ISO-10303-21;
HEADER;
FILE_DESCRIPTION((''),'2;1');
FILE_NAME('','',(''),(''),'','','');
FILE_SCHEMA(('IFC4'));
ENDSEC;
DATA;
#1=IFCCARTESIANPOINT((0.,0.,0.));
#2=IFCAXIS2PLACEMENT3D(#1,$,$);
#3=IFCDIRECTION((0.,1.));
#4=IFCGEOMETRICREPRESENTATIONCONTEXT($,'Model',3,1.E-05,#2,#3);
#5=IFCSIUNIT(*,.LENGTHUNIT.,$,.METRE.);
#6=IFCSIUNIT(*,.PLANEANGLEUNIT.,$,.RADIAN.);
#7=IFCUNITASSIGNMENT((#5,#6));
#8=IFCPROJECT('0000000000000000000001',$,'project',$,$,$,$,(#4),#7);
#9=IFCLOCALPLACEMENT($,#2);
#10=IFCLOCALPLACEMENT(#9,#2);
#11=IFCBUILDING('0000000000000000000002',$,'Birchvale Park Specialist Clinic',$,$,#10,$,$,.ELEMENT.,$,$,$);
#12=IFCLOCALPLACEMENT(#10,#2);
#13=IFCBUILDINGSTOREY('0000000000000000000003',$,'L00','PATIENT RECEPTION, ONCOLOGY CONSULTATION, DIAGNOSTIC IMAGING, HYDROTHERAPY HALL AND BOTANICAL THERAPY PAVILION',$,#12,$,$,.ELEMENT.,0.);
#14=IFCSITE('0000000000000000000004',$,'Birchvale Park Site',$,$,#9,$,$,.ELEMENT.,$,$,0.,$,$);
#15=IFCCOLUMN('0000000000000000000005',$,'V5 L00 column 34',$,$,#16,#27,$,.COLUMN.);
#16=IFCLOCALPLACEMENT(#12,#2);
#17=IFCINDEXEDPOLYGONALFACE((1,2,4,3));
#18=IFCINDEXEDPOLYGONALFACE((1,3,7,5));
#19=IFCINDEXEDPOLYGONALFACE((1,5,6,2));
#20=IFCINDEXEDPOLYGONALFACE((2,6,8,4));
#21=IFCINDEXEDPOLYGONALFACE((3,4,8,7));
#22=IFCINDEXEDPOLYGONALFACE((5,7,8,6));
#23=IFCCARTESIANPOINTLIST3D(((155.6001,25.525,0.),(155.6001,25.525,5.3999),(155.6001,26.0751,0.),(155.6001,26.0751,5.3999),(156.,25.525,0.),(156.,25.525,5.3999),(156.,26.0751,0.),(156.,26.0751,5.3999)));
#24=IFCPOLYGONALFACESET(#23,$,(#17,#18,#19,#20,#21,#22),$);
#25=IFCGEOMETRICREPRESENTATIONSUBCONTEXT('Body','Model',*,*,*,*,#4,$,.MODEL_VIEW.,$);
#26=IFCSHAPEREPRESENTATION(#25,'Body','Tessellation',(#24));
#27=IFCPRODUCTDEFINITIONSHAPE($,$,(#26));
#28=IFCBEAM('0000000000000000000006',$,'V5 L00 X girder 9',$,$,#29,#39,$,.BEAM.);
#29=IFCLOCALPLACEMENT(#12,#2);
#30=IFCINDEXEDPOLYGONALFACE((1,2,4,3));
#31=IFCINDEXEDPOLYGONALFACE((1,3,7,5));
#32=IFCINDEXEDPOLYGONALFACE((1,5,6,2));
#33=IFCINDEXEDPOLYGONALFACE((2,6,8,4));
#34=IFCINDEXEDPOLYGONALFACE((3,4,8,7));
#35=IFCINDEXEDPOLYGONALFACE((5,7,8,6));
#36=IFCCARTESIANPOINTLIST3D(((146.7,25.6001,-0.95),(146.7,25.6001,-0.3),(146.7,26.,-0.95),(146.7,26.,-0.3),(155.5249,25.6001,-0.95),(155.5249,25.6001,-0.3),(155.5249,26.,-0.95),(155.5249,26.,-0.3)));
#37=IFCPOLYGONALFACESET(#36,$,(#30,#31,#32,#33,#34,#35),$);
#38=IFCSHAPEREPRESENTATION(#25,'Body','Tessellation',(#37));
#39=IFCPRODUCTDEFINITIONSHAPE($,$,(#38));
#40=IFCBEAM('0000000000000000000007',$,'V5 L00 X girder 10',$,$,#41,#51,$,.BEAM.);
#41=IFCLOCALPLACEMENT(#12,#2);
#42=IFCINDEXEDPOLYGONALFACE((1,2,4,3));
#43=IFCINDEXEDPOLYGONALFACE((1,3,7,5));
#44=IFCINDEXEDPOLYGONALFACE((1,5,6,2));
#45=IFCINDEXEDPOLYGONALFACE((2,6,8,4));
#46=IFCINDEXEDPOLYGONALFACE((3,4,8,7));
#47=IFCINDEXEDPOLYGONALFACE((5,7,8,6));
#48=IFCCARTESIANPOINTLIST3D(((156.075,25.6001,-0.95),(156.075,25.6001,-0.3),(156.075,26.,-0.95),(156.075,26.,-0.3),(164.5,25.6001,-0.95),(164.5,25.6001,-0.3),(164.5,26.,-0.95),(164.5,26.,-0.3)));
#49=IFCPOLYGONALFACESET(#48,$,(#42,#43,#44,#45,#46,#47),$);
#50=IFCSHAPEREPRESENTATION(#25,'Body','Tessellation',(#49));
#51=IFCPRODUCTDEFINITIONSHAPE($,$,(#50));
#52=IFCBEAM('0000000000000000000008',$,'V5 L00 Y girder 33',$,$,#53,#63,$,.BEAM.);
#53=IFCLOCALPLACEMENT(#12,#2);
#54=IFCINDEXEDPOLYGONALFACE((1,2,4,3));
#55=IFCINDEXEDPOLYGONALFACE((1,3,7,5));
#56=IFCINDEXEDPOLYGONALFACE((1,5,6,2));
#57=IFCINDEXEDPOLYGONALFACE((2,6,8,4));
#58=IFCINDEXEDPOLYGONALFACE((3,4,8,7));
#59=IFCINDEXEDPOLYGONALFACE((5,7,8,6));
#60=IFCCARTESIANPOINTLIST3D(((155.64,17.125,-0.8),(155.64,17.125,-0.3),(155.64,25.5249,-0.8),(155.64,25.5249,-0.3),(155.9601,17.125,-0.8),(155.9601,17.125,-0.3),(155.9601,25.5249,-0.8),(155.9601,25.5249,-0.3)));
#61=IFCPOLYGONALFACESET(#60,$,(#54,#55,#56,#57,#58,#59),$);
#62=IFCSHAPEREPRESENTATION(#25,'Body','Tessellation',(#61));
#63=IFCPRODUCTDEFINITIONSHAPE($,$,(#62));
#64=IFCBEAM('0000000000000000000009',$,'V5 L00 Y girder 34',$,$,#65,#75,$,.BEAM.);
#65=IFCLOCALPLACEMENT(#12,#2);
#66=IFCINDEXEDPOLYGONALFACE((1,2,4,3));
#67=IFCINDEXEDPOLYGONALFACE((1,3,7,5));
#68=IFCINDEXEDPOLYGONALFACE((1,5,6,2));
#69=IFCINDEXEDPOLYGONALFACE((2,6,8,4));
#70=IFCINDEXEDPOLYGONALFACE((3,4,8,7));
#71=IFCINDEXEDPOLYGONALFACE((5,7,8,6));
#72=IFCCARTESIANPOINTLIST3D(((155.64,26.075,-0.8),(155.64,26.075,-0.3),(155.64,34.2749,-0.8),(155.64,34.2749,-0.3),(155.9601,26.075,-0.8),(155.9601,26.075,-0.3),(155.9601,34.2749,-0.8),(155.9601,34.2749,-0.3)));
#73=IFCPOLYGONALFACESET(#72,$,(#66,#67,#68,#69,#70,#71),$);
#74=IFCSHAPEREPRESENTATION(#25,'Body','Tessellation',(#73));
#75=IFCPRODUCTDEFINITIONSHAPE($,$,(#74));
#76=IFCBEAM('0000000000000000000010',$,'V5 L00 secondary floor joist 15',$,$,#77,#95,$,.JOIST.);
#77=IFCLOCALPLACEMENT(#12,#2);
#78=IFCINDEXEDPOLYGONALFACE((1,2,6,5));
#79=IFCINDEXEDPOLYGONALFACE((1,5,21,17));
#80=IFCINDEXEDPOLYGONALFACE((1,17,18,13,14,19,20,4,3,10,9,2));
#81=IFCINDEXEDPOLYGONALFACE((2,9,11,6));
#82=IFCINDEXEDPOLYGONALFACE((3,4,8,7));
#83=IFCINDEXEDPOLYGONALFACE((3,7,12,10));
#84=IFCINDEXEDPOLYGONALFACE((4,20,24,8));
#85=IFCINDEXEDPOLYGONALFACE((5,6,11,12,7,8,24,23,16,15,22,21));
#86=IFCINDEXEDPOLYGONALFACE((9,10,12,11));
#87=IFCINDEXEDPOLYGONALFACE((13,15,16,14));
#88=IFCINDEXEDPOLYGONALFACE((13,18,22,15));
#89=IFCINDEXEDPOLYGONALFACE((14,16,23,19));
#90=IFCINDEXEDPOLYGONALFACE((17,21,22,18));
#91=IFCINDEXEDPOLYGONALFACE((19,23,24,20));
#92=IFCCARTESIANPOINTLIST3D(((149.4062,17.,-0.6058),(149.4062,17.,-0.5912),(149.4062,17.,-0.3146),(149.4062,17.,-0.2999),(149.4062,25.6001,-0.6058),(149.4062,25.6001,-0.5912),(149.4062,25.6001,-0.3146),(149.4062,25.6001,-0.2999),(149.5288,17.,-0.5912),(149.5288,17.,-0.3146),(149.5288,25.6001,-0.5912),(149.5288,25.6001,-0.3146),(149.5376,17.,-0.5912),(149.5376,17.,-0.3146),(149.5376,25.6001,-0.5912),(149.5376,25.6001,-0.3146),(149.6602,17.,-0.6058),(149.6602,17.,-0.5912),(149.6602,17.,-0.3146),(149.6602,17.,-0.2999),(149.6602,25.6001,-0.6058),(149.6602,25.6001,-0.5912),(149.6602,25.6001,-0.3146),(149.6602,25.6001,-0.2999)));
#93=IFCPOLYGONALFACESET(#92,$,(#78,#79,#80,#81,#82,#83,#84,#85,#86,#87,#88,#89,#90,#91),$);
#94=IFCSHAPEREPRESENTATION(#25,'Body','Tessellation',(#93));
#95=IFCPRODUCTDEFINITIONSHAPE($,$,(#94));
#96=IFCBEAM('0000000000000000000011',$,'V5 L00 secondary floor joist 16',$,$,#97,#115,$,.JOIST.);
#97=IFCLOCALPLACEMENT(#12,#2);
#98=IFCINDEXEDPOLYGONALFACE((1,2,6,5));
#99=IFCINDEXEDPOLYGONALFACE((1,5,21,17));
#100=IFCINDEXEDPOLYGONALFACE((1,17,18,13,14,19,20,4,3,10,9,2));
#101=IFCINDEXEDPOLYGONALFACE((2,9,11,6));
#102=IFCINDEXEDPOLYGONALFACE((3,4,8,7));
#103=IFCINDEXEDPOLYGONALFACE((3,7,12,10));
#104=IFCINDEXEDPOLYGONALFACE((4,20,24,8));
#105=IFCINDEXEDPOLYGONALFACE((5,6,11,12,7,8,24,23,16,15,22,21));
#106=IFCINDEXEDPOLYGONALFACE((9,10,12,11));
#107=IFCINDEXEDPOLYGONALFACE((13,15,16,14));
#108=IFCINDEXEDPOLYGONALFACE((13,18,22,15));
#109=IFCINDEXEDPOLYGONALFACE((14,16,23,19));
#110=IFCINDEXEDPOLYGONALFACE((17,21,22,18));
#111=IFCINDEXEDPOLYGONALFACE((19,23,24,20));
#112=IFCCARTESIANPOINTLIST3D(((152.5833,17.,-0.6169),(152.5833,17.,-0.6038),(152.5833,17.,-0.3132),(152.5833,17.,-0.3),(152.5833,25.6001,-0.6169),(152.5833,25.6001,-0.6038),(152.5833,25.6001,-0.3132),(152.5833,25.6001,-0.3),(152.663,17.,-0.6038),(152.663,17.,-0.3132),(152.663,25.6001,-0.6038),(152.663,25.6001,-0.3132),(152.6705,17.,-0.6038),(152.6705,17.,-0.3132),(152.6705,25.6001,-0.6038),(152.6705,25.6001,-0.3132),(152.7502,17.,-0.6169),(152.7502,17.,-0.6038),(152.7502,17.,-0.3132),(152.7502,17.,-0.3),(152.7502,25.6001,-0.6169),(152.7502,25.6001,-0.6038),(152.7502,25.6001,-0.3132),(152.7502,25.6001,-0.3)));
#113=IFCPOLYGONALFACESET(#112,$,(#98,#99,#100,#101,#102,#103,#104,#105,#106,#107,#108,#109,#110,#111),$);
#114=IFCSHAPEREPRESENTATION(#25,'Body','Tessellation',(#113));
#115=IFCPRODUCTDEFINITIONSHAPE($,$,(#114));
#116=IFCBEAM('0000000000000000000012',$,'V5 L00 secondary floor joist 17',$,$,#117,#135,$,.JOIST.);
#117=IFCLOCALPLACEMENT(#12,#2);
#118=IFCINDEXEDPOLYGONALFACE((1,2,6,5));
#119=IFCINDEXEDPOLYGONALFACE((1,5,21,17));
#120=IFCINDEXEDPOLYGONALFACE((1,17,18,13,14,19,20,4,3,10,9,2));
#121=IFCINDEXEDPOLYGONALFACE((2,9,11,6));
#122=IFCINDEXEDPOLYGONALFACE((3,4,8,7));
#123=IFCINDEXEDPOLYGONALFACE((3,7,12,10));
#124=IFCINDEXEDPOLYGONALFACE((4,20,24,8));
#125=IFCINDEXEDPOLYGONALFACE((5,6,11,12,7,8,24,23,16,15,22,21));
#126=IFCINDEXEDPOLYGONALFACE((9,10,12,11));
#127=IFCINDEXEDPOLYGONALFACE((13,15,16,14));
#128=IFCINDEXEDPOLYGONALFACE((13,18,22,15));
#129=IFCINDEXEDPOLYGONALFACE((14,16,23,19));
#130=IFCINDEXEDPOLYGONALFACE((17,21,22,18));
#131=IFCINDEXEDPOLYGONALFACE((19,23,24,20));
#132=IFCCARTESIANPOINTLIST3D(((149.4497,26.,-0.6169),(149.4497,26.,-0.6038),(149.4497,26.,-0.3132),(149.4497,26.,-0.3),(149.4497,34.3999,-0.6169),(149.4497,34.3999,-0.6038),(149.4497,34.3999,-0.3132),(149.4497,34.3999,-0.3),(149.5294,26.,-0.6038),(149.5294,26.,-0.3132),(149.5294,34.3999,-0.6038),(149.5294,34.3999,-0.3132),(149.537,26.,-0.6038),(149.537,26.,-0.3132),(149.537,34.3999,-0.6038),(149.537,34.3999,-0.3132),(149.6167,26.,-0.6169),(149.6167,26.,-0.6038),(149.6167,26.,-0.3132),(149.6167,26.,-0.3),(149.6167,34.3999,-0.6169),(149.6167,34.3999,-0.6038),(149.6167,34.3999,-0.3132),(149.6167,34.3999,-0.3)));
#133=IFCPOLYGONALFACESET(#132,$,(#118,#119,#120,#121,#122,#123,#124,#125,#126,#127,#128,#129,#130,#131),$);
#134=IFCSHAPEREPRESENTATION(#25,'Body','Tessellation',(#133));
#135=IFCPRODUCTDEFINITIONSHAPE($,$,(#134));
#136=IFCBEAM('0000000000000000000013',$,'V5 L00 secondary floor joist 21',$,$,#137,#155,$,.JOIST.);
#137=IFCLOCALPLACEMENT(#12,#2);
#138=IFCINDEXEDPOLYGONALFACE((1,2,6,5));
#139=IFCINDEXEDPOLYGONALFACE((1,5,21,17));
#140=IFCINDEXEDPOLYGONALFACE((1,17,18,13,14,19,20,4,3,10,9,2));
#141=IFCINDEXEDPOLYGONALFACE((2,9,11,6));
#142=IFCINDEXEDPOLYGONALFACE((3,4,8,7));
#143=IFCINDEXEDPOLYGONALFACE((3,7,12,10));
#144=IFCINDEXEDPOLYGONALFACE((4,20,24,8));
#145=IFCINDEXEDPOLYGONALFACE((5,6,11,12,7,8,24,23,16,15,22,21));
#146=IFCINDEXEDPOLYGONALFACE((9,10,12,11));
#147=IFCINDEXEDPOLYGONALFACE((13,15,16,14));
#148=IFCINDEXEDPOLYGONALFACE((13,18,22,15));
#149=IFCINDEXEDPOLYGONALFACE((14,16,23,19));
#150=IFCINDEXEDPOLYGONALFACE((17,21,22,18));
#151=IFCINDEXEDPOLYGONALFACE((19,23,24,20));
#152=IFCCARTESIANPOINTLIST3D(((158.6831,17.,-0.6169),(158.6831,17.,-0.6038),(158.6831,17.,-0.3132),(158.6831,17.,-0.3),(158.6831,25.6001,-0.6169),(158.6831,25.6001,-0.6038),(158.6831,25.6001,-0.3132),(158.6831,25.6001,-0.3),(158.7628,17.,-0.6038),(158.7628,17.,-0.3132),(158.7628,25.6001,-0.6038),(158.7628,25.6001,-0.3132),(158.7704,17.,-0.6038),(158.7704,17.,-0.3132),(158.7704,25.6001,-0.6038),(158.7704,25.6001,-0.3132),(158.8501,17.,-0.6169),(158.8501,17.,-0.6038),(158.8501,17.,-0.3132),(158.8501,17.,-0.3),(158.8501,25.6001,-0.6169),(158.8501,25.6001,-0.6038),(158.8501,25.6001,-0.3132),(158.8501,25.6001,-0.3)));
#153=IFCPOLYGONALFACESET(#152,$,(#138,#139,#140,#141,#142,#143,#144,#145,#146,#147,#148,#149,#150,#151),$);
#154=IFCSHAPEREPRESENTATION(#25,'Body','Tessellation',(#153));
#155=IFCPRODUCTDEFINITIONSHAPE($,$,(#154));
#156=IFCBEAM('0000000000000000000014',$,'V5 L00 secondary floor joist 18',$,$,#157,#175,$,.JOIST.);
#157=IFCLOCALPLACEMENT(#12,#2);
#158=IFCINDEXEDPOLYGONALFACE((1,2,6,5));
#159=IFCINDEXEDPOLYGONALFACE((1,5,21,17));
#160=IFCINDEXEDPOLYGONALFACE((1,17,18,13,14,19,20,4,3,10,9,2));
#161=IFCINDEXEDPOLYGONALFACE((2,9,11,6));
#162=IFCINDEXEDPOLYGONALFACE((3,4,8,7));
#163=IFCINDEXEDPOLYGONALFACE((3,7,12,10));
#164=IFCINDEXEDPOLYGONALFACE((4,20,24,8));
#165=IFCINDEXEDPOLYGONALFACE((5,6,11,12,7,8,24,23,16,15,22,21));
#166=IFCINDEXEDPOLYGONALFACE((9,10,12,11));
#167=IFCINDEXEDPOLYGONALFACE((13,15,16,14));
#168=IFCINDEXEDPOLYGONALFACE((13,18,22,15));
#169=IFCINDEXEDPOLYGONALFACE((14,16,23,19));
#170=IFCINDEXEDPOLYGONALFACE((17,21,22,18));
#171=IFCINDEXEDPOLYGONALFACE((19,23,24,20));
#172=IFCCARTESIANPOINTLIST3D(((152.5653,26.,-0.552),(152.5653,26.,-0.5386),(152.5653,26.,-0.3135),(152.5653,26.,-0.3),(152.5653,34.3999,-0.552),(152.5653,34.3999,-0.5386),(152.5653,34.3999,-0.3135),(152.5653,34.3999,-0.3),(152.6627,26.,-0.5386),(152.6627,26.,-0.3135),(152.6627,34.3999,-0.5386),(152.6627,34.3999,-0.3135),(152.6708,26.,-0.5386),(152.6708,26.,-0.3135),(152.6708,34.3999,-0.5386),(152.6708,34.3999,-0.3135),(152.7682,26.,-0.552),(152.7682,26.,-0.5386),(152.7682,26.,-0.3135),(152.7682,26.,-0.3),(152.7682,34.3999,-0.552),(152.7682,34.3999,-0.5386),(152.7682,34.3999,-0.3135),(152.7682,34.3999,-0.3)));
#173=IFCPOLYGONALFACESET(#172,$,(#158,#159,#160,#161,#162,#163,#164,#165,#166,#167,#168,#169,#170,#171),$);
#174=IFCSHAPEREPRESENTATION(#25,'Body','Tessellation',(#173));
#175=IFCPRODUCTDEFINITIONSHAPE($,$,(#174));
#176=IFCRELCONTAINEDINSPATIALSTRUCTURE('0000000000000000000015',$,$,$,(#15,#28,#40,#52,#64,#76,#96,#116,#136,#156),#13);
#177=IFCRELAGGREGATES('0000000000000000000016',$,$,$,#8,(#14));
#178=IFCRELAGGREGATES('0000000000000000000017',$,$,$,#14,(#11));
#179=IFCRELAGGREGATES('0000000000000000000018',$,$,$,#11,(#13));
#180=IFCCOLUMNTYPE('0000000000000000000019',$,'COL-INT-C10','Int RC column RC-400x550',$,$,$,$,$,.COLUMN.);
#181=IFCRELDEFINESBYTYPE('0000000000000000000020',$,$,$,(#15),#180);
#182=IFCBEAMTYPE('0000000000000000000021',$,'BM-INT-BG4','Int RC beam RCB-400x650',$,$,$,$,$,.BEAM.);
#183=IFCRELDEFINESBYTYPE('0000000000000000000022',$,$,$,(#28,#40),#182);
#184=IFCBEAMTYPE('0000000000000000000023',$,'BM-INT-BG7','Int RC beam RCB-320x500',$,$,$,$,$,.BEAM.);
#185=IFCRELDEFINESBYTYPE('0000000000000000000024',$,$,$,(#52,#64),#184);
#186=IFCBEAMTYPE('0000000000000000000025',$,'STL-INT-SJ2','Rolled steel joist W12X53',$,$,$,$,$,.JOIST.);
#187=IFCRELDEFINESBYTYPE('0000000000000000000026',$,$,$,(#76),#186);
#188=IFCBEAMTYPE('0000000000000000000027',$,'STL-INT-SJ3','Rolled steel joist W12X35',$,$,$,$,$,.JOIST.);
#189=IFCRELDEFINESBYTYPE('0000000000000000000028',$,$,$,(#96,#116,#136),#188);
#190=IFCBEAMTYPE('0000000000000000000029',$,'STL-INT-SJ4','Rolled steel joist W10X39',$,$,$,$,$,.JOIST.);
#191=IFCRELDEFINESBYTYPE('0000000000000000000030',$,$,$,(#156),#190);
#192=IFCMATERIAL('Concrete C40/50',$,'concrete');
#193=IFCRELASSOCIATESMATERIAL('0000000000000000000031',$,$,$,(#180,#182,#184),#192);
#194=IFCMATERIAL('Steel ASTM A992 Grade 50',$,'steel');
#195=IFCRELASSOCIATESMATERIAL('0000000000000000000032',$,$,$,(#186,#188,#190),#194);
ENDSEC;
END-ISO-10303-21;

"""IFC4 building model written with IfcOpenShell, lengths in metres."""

from ifc_helpers import new_model, si_unit, direction, frame, origin, origin_2d, place, context, subcontext, project, spatial, rectangle, i_section, extrude, material, material_profile, profile_set, type_object, element, save


model = new_model("IFC4")

# Units and contexts
model_context = context("Model", 3, precision=1e-05, world=origin(), true_north=direction((0.0, 1.0)))
body_context = subcontext(model_context, "Body", "Model", "MODEL_VIEW")
ifc_project = project(units=[si_unit("LENGTHUNIT", "METRE"), si_unit("PLANEANGLEUNIT", "RADIAN")], contexts=[model_context])

# Site, building, storey
site_placement = place(None, origin())
site = spatial("IfcSite", under=ifc_project, at=site_placement, Name="Birchvale Park Site", CompositionType="ELEMENT", RefElevation=0.0)
building_placement = place(site_placement, origin())
building = spatial("IfcBuilding", under=site, at=building_placement, Name="Birchvale Park Specialist Clinic", CompositionType="ELEMENT")
storey_placement = place(building_placement, origin())
storey = spatial("IfcBuildingStorey", under=building, at=storey_placement, Name="L00", Description="PATIENT RECEPTION, ONCOLOGY CONSULTATION, DIAGNOSTIC IMAGING, HYDROTHERAPY HALL AND BOTANICAL THERAPY PAVILION", CompositionType="ELEMENT", Elevation=0.0)

# Column
ifc_material_1 = material(Name="Concrete C40/50", Category="concrete")
ifc_material_profile_1 = material_profile(ifc_material_1, rectangle(XDim=0.3999, YDim=0.55, at=origin_2d()), Name="RC-400x550")
ifc_profile_set_1 = profile_set([ifc_material_profile_1], Name="Concrete C40/50")
column_type = type_object("IfcColumnType", Name="COL-INT-C10", Description="Int RC column RC-400x550", PredefinedType="COLUMN", material=ifc_profile_set_1)
column_placement = place(storey_placement, frame((155.8, 25.8, 0.0), z_axis=(0.0, 0.0, 1.0), x_axis=(1.0, 0.0, 0.0)))
element("IfcColumn", 1, at=column_placement, inside=storey, type_object=column_type, Name="V5 L00 column 34", PredefinedType="COLUMN", context=body_context, shape_type="SweptSolid", body=[
    extrude(rectangle(XDim=0.3999, YDim=0.55, at=origin_2d()), origin(), (0.0, 0.0, 1.0), 5.3999),
])

# Beams
ifc_material_profile_2 = material_profile(ifc_material_1, rectangle(XDim=0.3999, YDim=0.6499, at=origin_2d()), Name="RCB-400x650")
ifc_profile_set_2 = profile_set([ifc_material_profile_2], Name="Concrete C40/50")
beam_type_1 = type_object("IfcBeamType", Name="BM-INT-BG4", Description="Int RC beam RCB-400x650", PredefinedType="BEAM", material=ifc_profile_set_2)
beam_1_placement = place(storey_placement, frame((146.7, 25.8, -0.625), z_axis=(1.0, 0.0, 0.0), x_axis=(0.0, 1.0, 0.0)))
element("IfcBeam", 2, at=beam_1_placement, inside=storey, type_object=beam_type_1, Name="V5 L00 X girder 9", PredefinedType="BEAM", context=body_context, shape_type="SweptSolid", body=[
    extrude(rectangle(XDim=0.3999, YDim=0.6499, at=origin_2d()), origin(), (0.0, 0.0, 1.0), 8.825),
])
beam_2_placement = place(storey_placement, frame((156.075, 25.8, -0.625), z_axis=(1.0, 0.0, 0.0), x_axis=(0.0, 1.0, 0.0)))
element("IfcBeam", 3, at=beam_2_placement, inside=storey, type_object=beam_type_1, Name="V5 L00 X girder 10", PredefinedType="BEAM", context=body_context, shape_type="SweptSolid", body=[
    extrude(rectangle(XDim=0.3999, YDim=0.6499, at=origin_2d()), origin(), (0.0, 0.0, 1.0), 8.425),
])
ifc_material_profile_3 = material_profile(ifc_material_1, rectangle(XDim=0.3201, YDim=0.5, at=origin_2d()), Name="RCB-320x500")
ifc_profile_set_3 = profile_set([ifc_material_profile_3], Name="Concrete C40/50")
beam_type_2 = type_object("IfcBeamType", Name="BM-INT-BG7", Description="Int RC beam RCB-320x500", PredefinedType="BEAM", material=ifc_profile_set_3)
beam_3_placement = place(storey_placement, frame((155.8, 17.125, -0.55), z_axis=(0.0, 1.0, 0.0), x_axis=(-1.0, 0.0, 0.0)))
element("IfcBeam", 4, at=beam_3_placement, inside=storey, type_object=beam_type_2, Name="V5 L00 Y girder 33", PredefinedType="BEAM", context=body_context, shape_type="SweptSolid", body=[
    extrude(rectangle(XDim=0.3201, YDim=0.5, at=origin_2d()), origin(), (0.0, 0.0, 1.0), 8.3999),
])
beam_4_placement = place(storey_placement, frame((155.8, 26.075, -0.55), z_axis=(0.0, 1.0, 0.0), x_axis=(-1.0, 0.0, 0.0)))
element("IfcBeam", 5, at=beam_4_placement, inside=storey, type_object=beam_type_2, Name="V5 L00 Y girder 34", PredefinedType="BEAM", context=body_context, shape_type="SweptSolid", body=[
    extrude(rectangle(XDim=0.3201, YDim=0.5, at=origin_2d()), origin(), (0.0, 0.0, 1.0), 8.2),
])
ifc_material_2 = material(Name="Steel ASTM A992 Grade 50", Category="steel")
ifc_material_profile_4 = material_profile(ifc_material_2, i_section(OverallWidth=0.2539, OverallDepth=0.3059, WebThickness=0.0088, FlangeThickness=0.0146, at=origin_2d()), Name="W12X53")
ifc_profile_set_4 = profile_set([ifc_material_profile_4], Name="Steel ASTM A992 Grade 50")
beam_type_3 = type_object("IfcBeamType", Name="STL-INT-SJ2", Description="Rolled steel joist W12X53", PredefinedType="JOIST", material=ifc_profile_set_4)
beam_5_placement = place(storey_placement, frame((149.5332, 17.0, -0.4529), z_axis=(0.0, 1.0, 0.0), x_axis=(-1.0, 0.0, 0.0)))
element("IfcBeam", 6, at=beam_5_placement, inside=storey, type_object=beam_type_3, Name="V5 L00 secondary floor joist 15", PredefinedType="JOIST", context=body_context, shape_type="SweptSolid", body=[
    extrude(i_section(OverallWidth=0.2539, OverallDepth=0.3059, WebThickness=0.0088, FlangeThickness=0.0146, at=origin_2d()), origin(), (0.0, 0.0, 1.0), 8.6001),
])
ifc_material_profile_5 = material_profile(ifc_material_2, i_section(OverallWidth=0.167, OverallDepth=0.3169, WebThickness=0.0076, FlangeThickness=0.0132, at=origin_2d()), Name="W12X35")
ifc_profile_set_5 = profile_set([ifc_material_profile_5], Name="Steel ASTM A992 Grade 50")
beam_type_4 = type_object("IfcBeamType", Name="STL-INT-SJ3", Description="Rolled steel joist W12X35", PredefinedType="JOIST", material=ifc_profile_set_5)
beam_6_placement = place(storey_placement, frame((152.6667, 17.0, -0.4585), z_axis=(0.0, 1.0, 0.0), x_axis=(-1.0, 0.0, 0.0)))
element("IfcBeam", 7, at=beam_6_placement, inside=storey, type_object=beam_type_4, Name="V5 L00 secondary floor joist 16", PredefinedType="JOIST", context=body_context, shape_type="SweptSolid", body=[
    extrude(i_section(OverallWidth=0.167, OverallDepth=0.3169, WebThickness=0.0076, FlangeThickness=0.0132, at=origin_2d()), origin(), (0.0, 0.0, 1.0), 8.6001),
])
beam_7_placement = place(storey_placement, frame((149.5332, 26.0, -0.4585), z_axis=(0.0, 1.0, 0.0), x_axis=(-1.0, 0.0, 0.0)))
element("IfcBeam", 8, at=beam_7_placement, inside=storey, type_object=beam_type_4, Name="V5 L00 secondary floor joist 17", PredefinedType="JOIST", context=body_context, shape_type="SweptSolid", body=[
    extrude(i_section(OverallWidth=0.167, OverallDepth=0.3169, WebThickness=0.0076, FlangeThickness=0.0132, at=origin_2d()), origin(), (0.0, 0.0, 1.0), 8.3999),
])
beam_8_placement = place(storey_placement, frame((158.7666, 17.0, -0.4585), z_axis=(0.0, 1.0, 0.0), x_axis=(-1.0, 0.0, 0.0)))
element("IfcBeam", 9, at=beam_8_placement, inside=storey, type_object=beam_type_4, Name="V5 L00 secondary floor joist 21", PredefinedType="JOIST", context=body_context, shape_type="SweptSolid", body=[
    extrude(i_section(OverallWidth=0.167, OverallDepth=0.3169, WebThickness=0.0076, FlangeThickness=0.0132, at=origin_2d()), origin(), (0.0, 0.0, 1.0), 8.6001),
])
ifc_material_profile_6 = material_profile(ifc_material_2, i_section(OverallWidth=0.2029, OverallDepth=0.252, WebThickness=0.0081, FlangeThickness=0.0134, at=origin_2d()), Name="W10X39")
ifc_profile_set_6 = profile_set([ifc_material_profile_6], Name="Steel ASTM A992 Grade 50")
beam_type_5 = type_object("IfcBeamType", Name="STL-INT-SJ4", Description="Rolled steel joist W10X39", PredefinedType="JOIST", material=ifc_profile_set_6)
beam_9_placement = place(storey_placement, frame((152.6667, 26.0, -0.426), z_axis=(0.0, 1.0, 0.0), x_axis=(-1.0, 0.0, 0.0)))
element("IfcBeam", 10, at=beam_9_placement, inside=storey, type_object=beam_type_5, Name="V5 L00 secondary floor joist 18", PredefinedType="JOIST", context=body_context, shape_type="SweptSolid", body=[
    extrude(i_section(OverallWidth=0.2029, OverallDepth=0.252, WebThickness=0.0081, FlangeThickness=0.0134, at=origin_2d()), origin(), (0.0, 0.0, 1.0), 8.3999),
])

save(model, "model.ifc")
